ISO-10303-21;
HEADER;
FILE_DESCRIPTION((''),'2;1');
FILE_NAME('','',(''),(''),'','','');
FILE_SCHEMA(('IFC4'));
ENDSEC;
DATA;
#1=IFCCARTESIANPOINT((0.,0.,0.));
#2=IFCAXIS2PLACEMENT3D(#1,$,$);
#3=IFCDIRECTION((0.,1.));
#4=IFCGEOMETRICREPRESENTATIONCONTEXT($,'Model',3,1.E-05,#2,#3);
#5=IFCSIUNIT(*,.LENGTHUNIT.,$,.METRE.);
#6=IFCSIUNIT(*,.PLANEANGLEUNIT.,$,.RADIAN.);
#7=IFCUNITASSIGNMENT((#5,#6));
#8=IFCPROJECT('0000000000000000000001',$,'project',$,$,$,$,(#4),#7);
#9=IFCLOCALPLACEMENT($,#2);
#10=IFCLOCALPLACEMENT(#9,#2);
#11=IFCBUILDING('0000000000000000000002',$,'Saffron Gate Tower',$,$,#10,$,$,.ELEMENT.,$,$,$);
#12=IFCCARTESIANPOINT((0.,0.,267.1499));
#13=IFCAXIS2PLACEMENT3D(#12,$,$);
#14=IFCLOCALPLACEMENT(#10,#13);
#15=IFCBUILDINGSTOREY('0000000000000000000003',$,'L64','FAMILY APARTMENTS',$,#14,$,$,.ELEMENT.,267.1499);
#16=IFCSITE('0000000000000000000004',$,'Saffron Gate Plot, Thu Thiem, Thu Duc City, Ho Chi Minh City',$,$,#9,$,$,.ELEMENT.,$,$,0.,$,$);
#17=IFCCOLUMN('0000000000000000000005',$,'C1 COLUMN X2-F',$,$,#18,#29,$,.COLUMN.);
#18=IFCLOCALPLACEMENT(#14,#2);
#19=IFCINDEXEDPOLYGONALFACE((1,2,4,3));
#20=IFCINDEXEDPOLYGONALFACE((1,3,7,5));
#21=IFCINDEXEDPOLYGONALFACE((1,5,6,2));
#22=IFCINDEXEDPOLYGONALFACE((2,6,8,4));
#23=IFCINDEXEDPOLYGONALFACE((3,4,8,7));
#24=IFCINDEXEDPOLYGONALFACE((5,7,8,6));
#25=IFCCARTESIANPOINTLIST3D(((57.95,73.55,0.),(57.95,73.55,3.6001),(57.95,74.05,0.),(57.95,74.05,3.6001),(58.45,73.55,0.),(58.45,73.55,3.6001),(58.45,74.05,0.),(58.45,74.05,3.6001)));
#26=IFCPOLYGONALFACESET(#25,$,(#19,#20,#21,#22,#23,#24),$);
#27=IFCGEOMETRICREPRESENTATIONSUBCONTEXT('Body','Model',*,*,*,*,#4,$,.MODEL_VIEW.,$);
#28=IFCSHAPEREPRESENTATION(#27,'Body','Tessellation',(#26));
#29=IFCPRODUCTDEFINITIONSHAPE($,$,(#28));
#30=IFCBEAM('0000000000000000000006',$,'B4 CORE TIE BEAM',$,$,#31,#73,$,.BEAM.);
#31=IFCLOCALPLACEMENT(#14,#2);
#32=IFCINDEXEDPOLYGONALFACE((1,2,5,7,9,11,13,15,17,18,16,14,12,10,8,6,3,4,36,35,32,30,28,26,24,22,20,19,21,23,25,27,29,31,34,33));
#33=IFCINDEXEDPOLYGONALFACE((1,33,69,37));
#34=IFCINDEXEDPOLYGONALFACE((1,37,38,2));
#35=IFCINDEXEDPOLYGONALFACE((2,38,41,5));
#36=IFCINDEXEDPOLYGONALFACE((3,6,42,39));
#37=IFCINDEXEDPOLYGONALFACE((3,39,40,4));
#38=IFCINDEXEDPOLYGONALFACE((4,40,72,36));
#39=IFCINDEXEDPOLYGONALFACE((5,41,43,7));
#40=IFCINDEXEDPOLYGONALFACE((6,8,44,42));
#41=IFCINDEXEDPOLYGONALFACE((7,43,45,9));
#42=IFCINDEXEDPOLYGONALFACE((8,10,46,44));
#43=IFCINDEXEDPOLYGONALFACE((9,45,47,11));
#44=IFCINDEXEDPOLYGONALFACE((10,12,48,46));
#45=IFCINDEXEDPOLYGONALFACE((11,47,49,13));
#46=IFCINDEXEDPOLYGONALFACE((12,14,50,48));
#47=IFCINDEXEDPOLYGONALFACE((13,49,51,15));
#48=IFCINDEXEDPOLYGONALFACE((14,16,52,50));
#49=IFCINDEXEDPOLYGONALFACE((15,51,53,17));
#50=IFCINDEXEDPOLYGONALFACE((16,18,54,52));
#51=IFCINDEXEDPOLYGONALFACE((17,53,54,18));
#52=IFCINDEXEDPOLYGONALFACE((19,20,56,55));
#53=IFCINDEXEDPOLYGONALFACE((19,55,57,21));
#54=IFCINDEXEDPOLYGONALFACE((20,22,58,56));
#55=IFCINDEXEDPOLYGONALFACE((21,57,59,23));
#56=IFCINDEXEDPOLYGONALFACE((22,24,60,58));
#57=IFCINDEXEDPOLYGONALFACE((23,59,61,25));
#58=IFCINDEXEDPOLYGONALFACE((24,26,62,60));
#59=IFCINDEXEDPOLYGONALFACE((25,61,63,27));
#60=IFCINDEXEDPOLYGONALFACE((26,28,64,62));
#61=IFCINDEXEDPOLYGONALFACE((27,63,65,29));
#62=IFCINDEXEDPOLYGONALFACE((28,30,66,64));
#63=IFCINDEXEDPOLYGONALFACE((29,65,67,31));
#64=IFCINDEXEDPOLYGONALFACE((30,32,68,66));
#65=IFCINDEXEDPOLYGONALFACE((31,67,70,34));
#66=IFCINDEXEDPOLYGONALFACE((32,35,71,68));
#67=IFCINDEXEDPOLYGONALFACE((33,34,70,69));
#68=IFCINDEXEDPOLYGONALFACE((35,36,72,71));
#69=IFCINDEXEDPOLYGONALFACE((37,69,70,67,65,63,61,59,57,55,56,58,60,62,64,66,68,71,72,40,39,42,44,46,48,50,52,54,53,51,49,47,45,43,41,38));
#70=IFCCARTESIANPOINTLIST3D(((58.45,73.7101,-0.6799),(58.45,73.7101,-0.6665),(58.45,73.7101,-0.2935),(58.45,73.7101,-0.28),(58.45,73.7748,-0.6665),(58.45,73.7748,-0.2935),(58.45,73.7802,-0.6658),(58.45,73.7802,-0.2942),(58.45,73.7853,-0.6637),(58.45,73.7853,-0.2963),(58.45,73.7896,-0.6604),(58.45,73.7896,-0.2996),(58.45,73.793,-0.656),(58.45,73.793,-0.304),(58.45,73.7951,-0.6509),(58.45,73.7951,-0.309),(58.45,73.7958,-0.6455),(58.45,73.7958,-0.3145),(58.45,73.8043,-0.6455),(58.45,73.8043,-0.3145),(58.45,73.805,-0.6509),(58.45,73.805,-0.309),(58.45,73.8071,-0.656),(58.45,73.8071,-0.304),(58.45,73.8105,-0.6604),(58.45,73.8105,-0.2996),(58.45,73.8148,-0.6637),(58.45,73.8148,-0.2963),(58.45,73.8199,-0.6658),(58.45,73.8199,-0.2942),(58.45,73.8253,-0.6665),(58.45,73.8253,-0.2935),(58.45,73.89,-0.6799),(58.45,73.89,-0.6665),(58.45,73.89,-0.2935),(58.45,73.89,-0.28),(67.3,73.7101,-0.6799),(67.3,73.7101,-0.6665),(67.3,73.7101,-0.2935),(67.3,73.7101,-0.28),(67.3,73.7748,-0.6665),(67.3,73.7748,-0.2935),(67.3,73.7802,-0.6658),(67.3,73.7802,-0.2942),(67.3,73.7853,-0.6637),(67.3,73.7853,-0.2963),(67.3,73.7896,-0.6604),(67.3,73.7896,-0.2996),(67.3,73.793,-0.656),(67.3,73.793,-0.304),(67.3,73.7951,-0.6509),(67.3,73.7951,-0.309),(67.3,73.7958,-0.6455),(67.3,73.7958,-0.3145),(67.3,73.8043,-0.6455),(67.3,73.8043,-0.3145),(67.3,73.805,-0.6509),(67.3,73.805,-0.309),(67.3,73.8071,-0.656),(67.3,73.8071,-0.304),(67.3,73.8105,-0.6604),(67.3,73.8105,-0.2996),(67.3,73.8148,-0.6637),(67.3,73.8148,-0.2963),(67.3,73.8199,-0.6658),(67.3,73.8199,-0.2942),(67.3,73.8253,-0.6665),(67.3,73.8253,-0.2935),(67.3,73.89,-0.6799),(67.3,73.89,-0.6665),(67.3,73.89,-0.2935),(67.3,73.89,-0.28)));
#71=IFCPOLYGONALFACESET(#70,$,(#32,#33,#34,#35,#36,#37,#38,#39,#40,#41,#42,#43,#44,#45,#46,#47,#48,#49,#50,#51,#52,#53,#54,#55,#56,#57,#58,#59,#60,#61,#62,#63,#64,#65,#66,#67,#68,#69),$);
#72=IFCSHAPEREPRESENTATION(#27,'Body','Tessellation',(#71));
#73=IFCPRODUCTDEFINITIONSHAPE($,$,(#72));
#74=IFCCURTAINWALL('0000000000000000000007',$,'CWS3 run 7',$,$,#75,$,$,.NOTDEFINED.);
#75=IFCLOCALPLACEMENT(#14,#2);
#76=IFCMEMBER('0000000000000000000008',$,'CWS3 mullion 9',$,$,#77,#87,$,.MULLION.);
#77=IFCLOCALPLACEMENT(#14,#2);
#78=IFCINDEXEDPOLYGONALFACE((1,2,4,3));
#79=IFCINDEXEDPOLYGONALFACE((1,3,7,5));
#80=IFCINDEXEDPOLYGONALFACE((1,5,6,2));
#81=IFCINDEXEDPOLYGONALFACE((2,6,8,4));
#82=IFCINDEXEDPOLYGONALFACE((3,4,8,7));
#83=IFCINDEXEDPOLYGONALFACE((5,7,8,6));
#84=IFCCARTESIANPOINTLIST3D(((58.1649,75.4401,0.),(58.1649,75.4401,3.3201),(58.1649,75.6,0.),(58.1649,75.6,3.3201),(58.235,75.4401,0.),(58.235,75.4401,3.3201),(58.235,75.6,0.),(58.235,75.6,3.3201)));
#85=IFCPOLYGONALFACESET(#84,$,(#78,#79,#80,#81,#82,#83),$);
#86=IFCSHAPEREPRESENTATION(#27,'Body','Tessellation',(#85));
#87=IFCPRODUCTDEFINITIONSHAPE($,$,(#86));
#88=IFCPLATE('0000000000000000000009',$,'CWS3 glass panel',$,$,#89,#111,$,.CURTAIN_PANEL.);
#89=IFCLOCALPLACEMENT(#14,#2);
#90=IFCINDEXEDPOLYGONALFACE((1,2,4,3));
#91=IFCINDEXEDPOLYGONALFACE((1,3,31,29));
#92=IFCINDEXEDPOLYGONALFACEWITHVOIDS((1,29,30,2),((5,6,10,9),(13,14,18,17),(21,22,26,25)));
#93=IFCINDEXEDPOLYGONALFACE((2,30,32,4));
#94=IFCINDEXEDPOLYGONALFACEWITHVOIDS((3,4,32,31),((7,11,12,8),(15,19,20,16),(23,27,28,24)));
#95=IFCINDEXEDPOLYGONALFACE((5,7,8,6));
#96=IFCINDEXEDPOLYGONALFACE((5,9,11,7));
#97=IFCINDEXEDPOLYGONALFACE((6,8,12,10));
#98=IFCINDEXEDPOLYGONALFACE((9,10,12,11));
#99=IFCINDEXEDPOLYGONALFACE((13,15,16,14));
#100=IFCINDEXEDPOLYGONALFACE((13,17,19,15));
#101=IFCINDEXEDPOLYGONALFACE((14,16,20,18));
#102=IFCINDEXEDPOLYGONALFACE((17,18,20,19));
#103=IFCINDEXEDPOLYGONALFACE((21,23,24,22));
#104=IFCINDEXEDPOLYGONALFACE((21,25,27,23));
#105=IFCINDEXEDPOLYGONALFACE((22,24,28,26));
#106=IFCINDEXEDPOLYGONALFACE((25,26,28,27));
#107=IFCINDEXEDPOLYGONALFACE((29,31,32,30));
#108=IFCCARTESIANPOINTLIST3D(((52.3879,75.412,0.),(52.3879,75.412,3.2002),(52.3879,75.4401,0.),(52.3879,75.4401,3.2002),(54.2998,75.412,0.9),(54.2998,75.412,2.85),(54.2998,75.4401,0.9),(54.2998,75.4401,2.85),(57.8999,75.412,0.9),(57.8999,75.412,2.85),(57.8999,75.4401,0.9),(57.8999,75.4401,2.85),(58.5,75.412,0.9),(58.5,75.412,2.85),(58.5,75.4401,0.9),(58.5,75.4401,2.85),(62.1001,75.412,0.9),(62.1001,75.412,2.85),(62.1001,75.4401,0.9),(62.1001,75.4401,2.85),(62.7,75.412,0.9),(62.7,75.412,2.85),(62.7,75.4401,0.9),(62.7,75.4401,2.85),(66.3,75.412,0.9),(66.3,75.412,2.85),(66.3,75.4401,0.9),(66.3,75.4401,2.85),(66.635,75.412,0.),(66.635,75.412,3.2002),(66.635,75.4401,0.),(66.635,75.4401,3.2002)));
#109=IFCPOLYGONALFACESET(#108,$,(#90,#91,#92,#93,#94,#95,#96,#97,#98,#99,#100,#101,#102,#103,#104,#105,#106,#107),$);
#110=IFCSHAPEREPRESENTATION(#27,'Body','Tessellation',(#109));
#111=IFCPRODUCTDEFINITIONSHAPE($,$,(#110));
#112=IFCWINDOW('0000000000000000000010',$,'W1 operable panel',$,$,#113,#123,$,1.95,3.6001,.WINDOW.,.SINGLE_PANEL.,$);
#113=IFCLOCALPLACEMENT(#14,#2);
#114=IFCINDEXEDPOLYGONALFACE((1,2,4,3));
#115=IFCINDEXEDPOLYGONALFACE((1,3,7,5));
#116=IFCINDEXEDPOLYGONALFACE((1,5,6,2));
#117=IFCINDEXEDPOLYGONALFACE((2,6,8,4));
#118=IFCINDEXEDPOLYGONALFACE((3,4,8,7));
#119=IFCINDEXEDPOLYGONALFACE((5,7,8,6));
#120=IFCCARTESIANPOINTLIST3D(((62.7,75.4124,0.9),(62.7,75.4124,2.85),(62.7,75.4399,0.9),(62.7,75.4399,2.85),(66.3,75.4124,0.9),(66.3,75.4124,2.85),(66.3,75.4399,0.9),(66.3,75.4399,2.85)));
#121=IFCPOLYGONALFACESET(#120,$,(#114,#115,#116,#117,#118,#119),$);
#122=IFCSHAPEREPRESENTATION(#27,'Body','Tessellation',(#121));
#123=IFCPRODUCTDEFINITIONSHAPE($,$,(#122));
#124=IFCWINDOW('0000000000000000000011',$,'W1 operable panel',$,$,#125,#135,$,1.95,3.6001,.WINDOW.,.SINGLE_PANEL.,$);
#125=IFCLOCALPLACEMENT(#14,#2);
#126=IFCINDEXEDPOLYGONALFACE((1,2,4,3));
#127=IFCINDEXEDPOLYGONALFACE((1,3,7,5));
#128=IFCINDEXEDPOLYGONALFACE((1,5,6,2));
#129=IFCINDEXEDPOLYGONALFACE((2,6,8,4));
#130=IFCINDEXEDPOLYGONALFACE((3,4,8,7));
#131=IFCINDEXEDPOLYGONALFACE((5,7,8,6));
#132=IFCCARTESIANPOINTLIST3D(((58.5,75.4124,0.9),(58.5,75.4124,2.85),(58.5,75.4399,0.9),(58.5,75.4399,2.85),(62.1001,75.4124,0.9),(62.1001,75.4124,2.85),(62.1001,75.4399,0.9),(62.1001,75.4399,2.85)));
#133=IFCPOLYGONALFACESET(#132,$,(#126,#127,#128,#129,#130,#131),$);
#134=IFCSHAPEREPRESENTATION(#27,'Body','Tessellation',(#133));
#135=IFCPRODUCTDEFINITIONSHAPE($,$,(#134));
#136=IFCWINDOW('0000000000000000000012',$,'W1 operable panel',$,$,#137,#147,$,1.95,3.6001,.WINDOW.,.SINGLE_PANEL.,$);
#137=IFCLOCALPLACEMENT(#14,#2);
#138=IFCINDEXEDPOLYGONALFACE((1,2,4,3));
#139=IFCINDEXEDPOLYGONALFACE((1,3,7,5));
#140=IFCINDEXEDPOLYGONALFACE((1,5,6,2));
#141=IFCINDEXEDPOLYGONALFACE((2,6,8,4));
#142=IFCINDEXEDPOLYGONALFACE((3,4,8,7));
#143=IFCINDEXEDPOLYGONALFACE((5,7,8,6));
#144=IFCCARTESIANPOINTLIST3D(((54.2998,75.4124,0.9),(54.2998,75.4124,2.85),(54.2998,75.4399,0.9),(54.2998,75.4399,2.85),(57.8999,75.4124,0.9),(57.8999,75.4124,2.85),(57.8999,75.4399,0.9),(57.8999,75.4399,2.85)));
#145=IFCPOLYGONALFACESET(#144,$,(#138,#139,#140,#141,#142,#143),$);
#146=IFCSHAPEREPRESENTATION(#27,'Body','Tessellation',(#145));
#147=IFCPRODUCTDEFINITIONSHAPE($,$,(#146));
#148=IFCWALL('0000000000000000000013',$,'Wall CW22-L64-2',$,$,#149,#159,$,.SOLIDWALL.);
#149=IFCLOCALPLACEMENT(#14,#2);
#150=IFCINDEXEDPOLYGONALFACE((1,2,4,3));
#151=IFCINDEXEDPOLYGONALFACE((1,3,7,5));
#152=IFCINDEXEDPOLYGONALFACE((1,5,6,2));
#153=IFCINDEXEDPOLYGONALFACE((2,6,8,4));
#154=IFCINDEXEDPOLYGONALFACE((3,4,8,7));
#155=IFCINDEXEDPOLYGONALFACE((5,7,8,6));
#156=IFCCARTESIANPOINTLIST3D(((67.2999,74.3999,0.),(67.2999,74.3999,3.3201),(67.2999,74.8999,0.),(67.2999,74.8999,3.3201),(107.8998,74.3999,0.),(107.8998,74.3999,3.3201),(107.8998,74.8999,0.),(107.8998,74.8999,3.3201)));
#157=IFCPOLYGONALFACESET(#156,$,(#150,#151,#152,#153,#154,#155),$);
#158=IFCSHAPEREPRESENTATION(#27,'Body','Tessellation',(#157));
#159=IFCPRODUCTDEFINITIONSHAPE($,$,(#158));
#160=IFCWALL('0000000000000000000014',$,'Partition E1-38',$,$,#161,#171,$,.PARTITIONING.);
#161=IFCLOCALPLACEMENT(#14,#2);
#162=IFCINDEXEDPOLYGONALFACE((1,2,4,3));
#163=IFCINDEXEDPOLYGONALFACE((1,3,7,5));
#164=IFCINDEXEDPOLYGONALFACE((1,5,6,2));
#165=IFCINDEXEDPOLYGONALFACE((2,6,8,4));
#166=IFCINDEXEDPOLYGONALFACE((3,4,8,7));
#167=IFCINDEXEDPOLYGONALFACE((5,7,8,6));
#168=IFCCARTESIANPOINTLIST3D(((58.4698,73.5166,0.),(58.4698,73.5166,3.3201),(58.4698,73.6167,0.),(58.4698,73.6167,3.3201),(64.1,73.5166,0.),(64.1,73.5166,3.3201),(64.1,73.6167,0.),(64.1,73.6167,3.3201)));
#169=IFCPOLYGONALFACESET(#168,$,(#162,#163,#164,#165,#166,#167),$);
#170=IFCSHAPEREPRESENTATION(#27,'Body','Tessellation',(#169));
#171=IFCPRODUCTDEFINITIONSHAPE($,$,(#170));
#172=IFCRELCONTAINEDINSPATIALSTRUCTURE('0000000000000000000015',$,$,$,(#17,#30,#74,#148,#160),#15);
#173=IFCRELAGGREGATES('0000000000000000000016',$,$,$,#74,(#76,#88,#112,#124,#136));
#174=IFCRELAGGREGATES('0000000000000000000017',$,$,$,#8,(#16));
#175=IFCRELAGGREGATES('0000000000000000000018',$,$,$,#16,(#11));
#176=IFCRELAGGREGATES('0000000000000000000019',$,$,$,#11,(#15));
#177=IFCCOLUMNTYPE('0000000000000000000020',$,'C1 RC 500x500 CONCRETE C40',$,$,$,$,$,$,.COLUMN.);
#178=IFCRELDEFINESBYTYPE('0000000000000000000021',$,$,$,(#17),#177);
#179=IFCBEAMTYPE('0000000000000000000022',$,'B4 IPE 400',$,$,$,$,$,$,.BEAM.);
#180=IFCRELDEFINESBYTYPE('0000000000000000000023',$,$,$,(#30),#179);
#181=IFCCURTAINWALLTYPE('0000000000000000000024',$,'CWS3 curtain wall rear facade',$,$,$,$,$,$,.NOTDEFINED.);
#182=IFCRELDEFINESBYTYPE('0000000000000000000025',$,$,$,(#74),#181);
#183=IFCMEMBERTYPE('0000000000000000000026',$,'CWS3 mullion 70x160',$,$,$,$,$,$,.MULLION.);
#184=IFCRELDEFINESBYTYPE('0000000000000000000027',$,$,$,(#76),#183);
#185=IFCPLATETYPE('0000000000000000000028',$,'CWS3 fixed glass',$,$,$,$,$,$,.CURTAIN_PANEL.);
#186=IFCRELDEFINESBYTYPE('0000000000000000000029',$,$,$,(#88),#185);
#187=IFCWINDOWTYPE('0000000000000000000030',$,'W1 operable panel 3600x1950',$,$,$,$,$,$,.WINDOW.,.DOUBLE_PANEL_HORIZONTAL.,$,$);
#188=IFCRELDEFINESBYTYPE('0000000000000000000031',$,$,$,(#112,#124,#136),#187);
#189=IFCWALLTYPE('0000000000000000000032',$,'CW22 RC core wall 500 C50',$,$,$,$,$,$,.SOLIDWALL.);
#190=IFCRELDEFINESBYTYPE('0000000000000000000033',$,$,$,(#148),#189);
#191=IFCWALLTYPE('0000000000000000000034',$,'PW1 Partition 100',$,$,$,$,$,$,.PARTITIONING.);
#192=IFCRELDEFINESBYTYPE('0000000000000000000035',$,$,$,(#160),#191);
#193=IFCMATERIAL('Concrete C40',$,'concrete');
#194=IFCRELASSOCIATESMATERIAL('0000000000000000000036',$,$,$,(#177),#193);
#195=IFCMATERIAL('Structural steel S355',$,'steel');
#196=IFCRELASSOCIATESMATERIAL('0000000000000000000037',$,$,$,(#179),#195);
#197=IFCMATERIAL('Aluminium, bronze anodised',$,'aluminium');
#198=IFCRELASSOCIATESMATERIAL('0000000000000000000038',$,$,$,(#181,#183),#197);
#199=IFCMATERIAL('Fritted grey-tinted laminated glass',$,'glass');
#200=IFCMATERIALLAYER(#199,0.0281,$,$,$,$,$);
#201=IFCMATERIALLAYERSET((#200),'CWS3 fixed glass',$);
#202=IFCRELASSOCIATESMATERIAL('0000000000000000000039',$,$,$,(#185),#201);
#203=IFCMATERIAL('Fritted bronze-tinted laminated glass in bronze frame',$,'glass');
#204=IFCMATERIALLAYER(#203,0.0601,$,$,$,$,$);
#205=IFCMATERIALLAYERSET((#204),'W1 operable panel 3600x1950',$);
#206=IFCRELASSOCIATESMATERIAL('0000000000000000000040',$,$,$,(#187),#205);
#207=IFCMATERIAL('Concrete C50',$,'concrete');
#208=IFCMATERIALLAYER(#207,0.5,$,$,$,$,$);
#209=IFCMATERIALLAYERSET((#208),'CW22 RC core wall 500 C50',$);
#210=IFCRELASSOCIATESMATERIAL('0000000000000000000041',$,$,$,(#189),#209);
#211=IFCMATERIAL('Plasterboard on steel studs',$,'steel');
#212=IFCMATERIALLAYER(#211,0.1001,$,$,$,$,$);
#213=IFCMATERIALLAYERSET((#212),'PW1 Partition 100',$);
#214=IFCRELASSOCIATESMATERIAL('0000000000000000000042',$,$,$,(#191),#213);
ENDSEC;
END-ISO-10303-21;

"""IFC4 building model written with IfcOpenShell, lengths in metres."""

from ifc_helpers import new_model, si_unit, direction, frame, frame_2d, origin, origin_2d, place, context, subcontext, project, spatial, rectangle, i_section, extrude, material, layer, layer_set, material_profile, profile_set, type_object, element, fill, aggregate, save


model = new_model("IFC4")

# Units and contexts
model_context = context("Model", 3, precision=1e-05, world=origin(), true_north=direction((0.0, 1.0)))
body_context = subcontext(model_context, "Body", "Model", "MODEL_VIEW")
ifc_project = project(units=[si_unit("LENGTHUNIT", "METRE"), si_unit("PLANEANGLEUNIT", "RADIAN")], contexts=[model_context])

# Site, building, storey
site_placement = place(None, origin())
site = spatial("IfcSite", under=ifc_project, at=site_placement, Name="Saffron Gate Plot, Thu Thiem, Thu Duc City, Ho Chi Minh City", CompositionType="ELEMENT", RefElevation=0.0)
building_placement = place(site_placement, origin())
building = spatial("IfcBuilding", under=site, at=building_placement, Name="Saffron Gate Tower", CompositionType="ELEMENT")
storey_placement = place(building_placement, frame((0.0, 0.0, 267.1499)))
storey = spatial("IfcBuildingStorey", under=building, at=storey_placement, Name="L64", Description="FAMILY APARTMENTS", CompositionType="ELEMENT", Elevation=267.1499)

# Column
ifc_material_1 = material(Name="Concrete C40", Category="concrete")
ifc_material_profile_1 = material_profile(ifc_material_1, rectangle(XDim=0.5, YDim=0.5, at=origin_2d()))
ifc_profile_set_1 = profile_set([ifc_material_profile_1], Name="Concrete C40")
column_type = type_object("IfcColumnType", Name="C1 RC 500x500 CONCRETE C40", PredefinedType="COLUMN", material=ifc_profile_set_1)
column_placement = place(storey_placement, frame((58.2, 73.8, 0.0), z_axis=(0.0, 0.0, 1.0), x_axis=(1.0, 0.0, 0.0)))
element("IfcColumn", 1, at=column_placement, inside=storey, type_object=column_type, Name="C1 COLUMN X2-F", PredefinedType="COLUMN", context=body_context, shape_type="SweptSolid", body=[
    extrude(rectangle(XDim=0.5, YDim=0.5, at=origin_2d()), origin(), (0.0, 0.0, 1.0), 3.6001),
])

# Beam
ifc_material_2 = material(Name="Structural steel S355", Category="steel")
ifc_material_profile_2 = material_profile(ifc_material_2, i_section(OverallWidth=0.1799, OverallDepth=0.3999, WebThickness=0.0085, FlangeThickness=0.0134, FilletRadius=0.021, at=origin_2d()))
ifc_profile_set_2 = profile_set([ifc_material_profile_2], Name="Structural steel S355")
beam_type = type_object("IfcBeamType", Name="B4 IPE 400", PredefinedType="BEAM", material=ifc_profile_set_2)
beam_placement = place(storey_placement, frame((58.45, 73.8, -0.48), z_axis=(1.0, 0.0, 0.0), x_axis=(0.0, 1.0, 0.0)))
element("IfcBeam", 2, at=beam_placement, inside=storey, type_object=beam_type, Name="B4 CORE TIE BEAM", PredefinedType="BEAM", context=body_context, shape_type="SweptSolid", body=[
    extrude(i_section(OverallWidth=0.1799, OverallDepth=0.3999, WebThickness=0.0085, FlangeThickness=0.0134, FilletRadius=0.021, at=origin_2d()), origin(), (0.0, 0.0, 1.0), 8.8501),
])

# Curtain wall, member, plate, openings, windows
ifc_material_3 = material(Name="Aluminium, bronze anodised", Category="aluminium")
curtain_wall_type = type_object("IfcCurtainWallType", Name="CWS3 curtain wall rear facade", PredefinedType="NOTDEFINED", material=ifc_material_3)
curtain_wall_placement = place(storey_placement, origin())
curtain_wall = element("IfcCurtainWall", 3, at=curtain_wall_placement, inside=storey, type_object=curtain_wall_type, Name="CWS3 run 7", PredefinedType="NOTDEFINED")
ifc_material_profile_3 = material_profile(ifc_material_3, rectangle(XDim=0.1599, YDim=0.0701, at=origin_2d()))
ifc_profile_set_3 = profile_set([ifc_material_profile_3], Name="Aluminium, bronze anodised")
member_type = type_object("IfcMemberType", Name="CWS3 mullion 70x160", PredefinedType="MULLION", material=ifc_profile_set_3)
member_placement = place(storey_placement, frame((58.2, 75.52, 0.0), z_axis=(0.0, 0.0, 1.0), x_axis=(0.0, -1.0, 0.0)))
member = element("IfcMember", 4, at=member_placement, type_object=member_type, Name="CWS3 mullion 9", PredefinedType="MULLION", context=body_context, shape_type="SweptSolid", body=[
    extrude(rectangle(XDim=0.1599, YDim=0.0701, at=origin_2d()), origin(), (0.0, 0.0, 1.0), 3.3201),
])
ifc_material_4 = material(Name="Fritted grey-tinted laminated glass", Category="glass")
ifc_layer_1 = layer(ifc_material_4, 0.0281)
ifc_layer_set_1 = layer_set([ifc_layer_1], Name="CWS3 fixed glass")
plate_type = type_object("IfcPlateType", Name="CWS3 fixed glass", PredefinedType="CURTAIN_PANEL", material=ifc_layer_set_1)
plate_placement = place(storey_placement, frame((66.635, 75.426, 0.0), z_axis=(0.0, 0.0, 1.0), x_axis=(-1.0, 0.0, 0.0)))
plate = element("IfcPlate", 5, at=plate_placement, type_object=plate_type, Name="CWS3 glass panel", PredefinedType="CURTAIN_PANEL", context=body_context, shape_type="SweptSolid", body=[
    extrude(rectangle(XDim=14.2471, YDim=0.0281, at=frame_2d((7.1235, 0.0))), origin(), (0.0, 0.0, 1.0), 3.2002),
])
opening_1_placement = place(plate_placement, frame((0.335, 0.0, 0.8999)))
opening_1 = element("IfcOpeningElement", 6, at=opening_1_placement, cuts=plate, PredefinedType="OPENING", context=body_context, shape_type="SweptSolid", body=[
    extrude(rectangle(XDim=3.6001, YDim=1.95, at=frame_2d((1.8, 0.9751))), frame((0.0, 0.0239, 0.0), z_axis=(0.0, -1.0, 0.0), x_axis=(1.0, 0.0, 0.0)), (0.0, 0.0, 1.0), 0.0481),
])
opening_2_placement = place(plate_placement, frame((4.5349, 0.0, 0.8999)))
opening_2 = element("IfcOpeningElement", 7, at=opening_2_placement, cuts=plate, PredefinedType="OPENING", context=body_context, shape_type="SweptSolid", body=[
    extrude(rectangle(XDim=3.6001, YDim=1.95, at=frame_2d((1.8, 0.9751))), frame((0.0, 0.0239, 0.0), z_axis=(0.0, -1.0, 0.0), x_axis=(1.0, 0.0, 0.0)), (0.0, 0.0, 1.0), 0.0481),
])
opening_3_placement = place(plate_placement, frame((8.7351, 0.0, 0.8999)))
opening_3 = element("IfcOpeningElement", 8, at=opening_3_placement, cuts=plate, PredefinedType="OPENING", context=body_context, shape_type="SweptSolid", body=[
    extrude(rectangle(XDim=3.6001, YDim=1.95, at=frame_2d((1.8, 0.9751))), frame((0.0, 0.0239, 0.0), z_axis=(0.0, -1.0, 0.0), x_axis=(1.0, 0.0, 0.0)), (0.0, 0.0, 1.0), 0.0481),
])
ifc_material_5 = material(Name="Fritted bronze-tinted laminated glass in bronze frame", Category="glass")
ifc_layer_2 = layer(ifc_material_5, 0.0601)
ifc_layer_set_2 = layer_set([ifc_layer_2], Name="W1 operable panel 3600x1950")
window_type = type_object("IfcWindowType", Name="W1 operable panel 3600x1950", PartitioningType="DOUBLE_PANEL_HORIZONTAL", PredefinedType="WINDOW", material=ifc_layer_set_2)
window_1_placement = place(opening_1_placement, origin())
window_1 = element("IfcWindow", 9, at=window_1_placement, type_object=window_type, Name="W1 operable panel", OverallHeight=1.95, OverallWidth=3.6001, PartitioningType="SINGLE_PANEL", PredefinedType="WINDOW", context=body_context, shape_type="SweptSolid", body=[
    extrude(rectangle(XDim=3.6001, YDim=1.95, at=frame_2d((1.8, 0.9751))), frame((0.0, 0.0137, 0.0), z_axis=(0.0, -1.0, 0.0), x_axis=(1.0, 0.0, 0.0)), (0.0, 0.0, 1.0), 0.0276),
])
fill(opening_1, window_1)
window_2_placement = place(opening_2_placement, origin())
window_2 = element("IfcWindow", 10, at=window_2_placement, type_object=window_type, Name="W1 operable panel", OverallHeight=1.95, OverallWidth=3.6001, PartitioningType="SINGLE_PANEL", PredefinedType="WINDOW", context=body_context, shape_type="SweptSolid", body=[
    extrude(rectangle(XDim=3.6001, YDim=1.95, at=frame_2d((1.8, 0.9751))), frame((0.0, 0.0137, 0.0), z_axis=(0.0, -1.0, 0.0), x_axis=(1.0, 0.0, 0.0)), (0.0, 0.0, 1.0), 0.0276),
])
fill(opening_2, window_2)
window_3_placement = place(opening_3_placement, origin())
window_3 = element("IfcWindow", 11, at=window_3_placement, type_object=window_type, Name="W1 operable panel", OverallHeight=1.95, OverallWidth=3.6001, PartitioningType="SINGLE_PANEL", PredefinedType="WINDOW", context=body_context, shape_type="SweptSolid", body=[
    extrude(rectangle(XDim=3.6001, YDim=1.95, at=frame_2d((1.8, 0.9751))), frame((0.0, 0.0137, 0.0), z_axis=(0.0, -1.0, 0.0), x_axis=(1.0, 0.0, 0.0)), (0.0, 0.0, 1.0), 0.0276),
])
fill(opening_3, window_3)
aggregate(curtain_wall, [member, plate, window_1, window_2, window_3])

# Walls
ifc_material_6 = material(Name="Concrete C50", Category="concrete")
ifc_layer_3 = layer(ifc_material_6, 0.5)
ifc_layer_set_3 = layer_set([ifc_layer_3], Name="CW22 RC core wall 500 C50")
wall_type_1 = type_object("IfcWallType", Name="CW22 RC core wall 500 C50", PredefinedType="SOLIDWALL", material=ifc_layer_set_3)
wall_1_placement = place(storey_placement, frame((67.3, 74.6499, 0.0), z_axis=(0.0, 0.0, 1.0), x_axis=(1.0, 0.0, 0.0)))
element("IfcWall", 12, at=wall_1_placement, inside=storey, type_object=wall_type_1, Name="Wall CW22-L64-2", PredefinedType="SOLIDWALL", context=body_context, shape_type="SweptSolid", body=[
    extrude(rectangle(XDim=40.5999, YDim=0.5, at=frame_2d((20.2998, 0.0))), origin(), (0.0, 0.0, 1.0), 3.3201),
])
ifc_material_7 = material(Name="Plasterboard on steel studs", Category="steel")
ifc_layer_4 = layer(ifc_material_7, 0.1001)
ifc_layer_set_4 = layer_set([ifc_layer_4], Name="PW1 Partition 100")
wall_type_2 = type_object("IfcWallType", Name="PW1 Partition 100", PredefinedType="PARTITIONING", material=ifc_layer_set_4)
wall_2_placement = place(storey_placement, frame((58.47, 73.5667, 0.0), z_axis=(0.0, 0.0, 1.0), x_axis=(1.0, 0.0, 0.0)))
element("IfcWall", 13, at=wall_2_placement, inside=storey, type_object=wall_type_2, Name="Partition E1-38", PredefinedType="PARTITIONING", context=body_context, shape_type="SweptSolid", body=[
    extrude(rectangle(XDim=5.6301, YDim=0.1001, at=frame_2d((2.8149, 0.0))), origin(), (0.0, 0.0, 1.0), 3.3201),
])

save(model, "model.ifc")
